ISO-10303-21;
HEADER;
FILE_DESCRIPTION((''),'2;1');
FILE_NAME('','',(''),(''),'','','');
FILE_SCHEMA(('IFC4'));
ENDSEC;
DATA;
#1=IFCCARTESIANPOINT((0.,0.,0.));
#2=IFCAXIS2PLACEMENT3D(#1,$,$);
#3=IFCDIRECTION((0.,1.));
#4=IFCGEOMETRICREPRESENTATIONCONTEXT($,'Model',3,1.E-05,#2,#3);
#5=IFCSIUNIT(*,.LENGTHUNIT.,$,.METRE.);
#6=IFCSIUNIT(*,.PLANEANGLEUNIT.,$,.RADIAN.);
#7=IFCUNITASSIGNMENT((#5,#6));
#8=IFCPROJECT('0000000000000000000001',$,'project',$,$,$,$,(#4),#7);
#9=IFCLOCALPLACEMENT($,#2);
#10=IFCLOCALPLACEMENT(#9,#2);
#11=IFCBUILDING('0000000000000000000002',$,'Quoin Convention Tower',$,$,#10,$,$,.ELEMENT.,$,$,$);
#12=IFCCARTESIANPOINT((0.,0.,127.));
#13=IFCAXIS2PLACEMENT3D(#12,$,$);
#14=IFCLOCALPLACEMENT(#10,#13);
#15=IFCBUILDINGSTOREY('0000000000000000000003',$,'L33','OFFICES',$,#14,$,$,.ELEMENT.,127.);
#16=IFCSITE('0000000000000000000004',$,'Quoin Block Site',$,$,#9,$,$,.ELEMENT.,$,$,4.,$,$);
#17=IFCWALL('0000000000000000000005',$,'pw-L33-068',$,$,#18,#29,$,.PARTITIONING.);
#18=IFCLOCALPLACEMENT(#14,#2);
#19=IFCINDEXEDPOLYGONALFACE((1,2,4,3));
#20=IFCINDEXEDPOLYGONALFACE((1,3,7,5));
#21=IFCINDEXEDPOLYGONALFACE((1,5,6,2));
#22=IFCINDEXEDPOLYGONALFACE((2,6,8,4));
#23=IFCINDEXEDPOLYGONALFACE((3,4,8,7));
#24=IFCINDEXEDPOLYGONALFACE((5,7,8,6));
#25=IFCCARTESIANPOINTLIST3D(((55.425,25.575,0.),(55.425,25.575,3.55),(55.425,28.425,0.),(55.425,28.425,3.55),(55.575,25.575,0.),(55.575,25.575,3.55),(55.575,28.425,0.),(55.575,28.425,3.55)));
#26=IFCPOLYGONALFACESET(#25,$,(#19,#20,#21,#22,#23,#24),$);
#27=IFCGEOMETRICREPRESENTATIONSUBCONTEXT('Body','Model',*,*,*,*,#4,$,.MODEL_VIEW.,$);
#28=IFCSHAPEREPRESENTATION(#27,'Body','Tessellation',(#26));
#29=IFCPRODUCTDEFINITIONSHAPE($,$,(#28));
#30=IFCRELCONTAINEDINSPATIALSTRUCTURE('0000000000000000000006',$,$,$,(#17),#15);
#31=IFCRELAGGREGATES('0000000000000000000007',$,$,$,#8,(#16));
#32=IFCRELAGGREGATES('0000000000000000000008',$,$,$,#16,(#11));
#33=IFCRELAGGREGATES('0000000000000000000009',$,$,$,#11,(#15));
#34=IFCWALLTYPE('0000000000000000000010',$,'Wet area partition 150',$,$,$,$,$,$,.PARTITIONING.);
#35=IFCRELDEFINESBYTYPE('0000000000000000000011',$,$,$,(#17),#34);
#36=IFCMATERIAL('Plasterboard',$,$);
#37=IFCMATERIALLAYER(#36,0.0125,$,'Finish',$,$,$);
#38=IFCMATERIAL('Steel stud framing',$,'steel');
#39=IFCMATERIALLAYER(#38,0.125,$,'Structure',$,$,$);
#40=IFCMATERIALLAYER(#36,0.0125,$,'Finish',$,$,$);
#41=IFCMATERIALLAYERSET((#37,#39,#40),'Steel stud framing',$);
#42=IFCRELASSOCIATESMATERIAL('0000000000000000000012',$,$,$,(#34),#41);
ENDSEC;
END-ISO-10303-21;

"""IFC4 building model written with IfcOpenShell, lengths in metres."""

from ifc_helpers import new_model, si_unit, direction, frame, frame_2d, origin, place, context, subcontext, project, spatial, rectangle, extrude, material, layer, layer_set, type_object, element, save


model = new_model("IFC4")

# Units and contexts
model_context = context("Model", 3, precision=1e-05, world=origin(), true_north=direction((0.0, 1.0)))
body_context = subcontext(model_context, "Body", "Model", "MODEL_VIEW")
ifc_project = project(units=[si_unit("LENGTHUNIT", "METRE"), si_unit("PLANEANGLEUNIT", "RADIAN")], contexts=[model_context])

# Site, building, storey
site_placement = place(None, origin())
site = spatial("IfcSite", under=ifc_project, at=site_placement, Name="Quoin Block Site", CompositionType="ELEMENT", RefElevation=4.0)
building_placement = place(site_placement, origin())
building = spatial("IfcBuilding", under=site, at=building_placement, Name="Quoin Convention Tower", CompositionType="ELEMENT")
storey_placement = place(building_placement, frame((0.0, 0.0, 127.0)))
storey = spatial("IfcBuildingStorey", under=building, at=storey_placement, Name="L33", Description="OFFICES", CompositionType="ELEMENT", Elevation=127.0)

# Shared definitions
ifc_material_1 = material(Name="Plasterboard")
ifc_material_2 = material(Name="Steel stud framing", Category="steel")

# Shared definitions
ifc_layer_1 = layer(ifc_material_1, 0.0125, Name="Finish")
ifc_layer_2 = layer(ifc_material_2, 0.125, Name="Structure")
ifc_layer_3 = layer(ifc_material_1, 0.0125, Name="Finish")
ifc_layer_set_1 = layer_set([ifc_layer_1, ifc_layer_2, ifc_layer_3], Name="Steel stud framing")
wall_type_1 = type_object("IfcWallType", Name="Wet area partition 150", PredefinedType="PARTITIONING", material=ifc_layer_set_1)

# Wall
wall_1_placement = place(storey_placement, frame((55.5, 25.575, 0.0), z_axis=(0.0, 0.0, 1.0), x_axis=(0.0, 1.0, 0.0)))
element("IfcWall", 1, at=wall_1_placement, inside=storey, type_object=wall_type_1, Name="pw-L33-068", PredefinedType="PARTITIONING", context=body_context, shape_type="SweptSolid", body=[
    extrude(rectangle(XDim=2.8501, YDim=0.1499, at=frame_2d((1.425, 0.0))), origin(), (0.0, 0.0, 1.0), 3.55),
])

save(model, "model.ifc")
